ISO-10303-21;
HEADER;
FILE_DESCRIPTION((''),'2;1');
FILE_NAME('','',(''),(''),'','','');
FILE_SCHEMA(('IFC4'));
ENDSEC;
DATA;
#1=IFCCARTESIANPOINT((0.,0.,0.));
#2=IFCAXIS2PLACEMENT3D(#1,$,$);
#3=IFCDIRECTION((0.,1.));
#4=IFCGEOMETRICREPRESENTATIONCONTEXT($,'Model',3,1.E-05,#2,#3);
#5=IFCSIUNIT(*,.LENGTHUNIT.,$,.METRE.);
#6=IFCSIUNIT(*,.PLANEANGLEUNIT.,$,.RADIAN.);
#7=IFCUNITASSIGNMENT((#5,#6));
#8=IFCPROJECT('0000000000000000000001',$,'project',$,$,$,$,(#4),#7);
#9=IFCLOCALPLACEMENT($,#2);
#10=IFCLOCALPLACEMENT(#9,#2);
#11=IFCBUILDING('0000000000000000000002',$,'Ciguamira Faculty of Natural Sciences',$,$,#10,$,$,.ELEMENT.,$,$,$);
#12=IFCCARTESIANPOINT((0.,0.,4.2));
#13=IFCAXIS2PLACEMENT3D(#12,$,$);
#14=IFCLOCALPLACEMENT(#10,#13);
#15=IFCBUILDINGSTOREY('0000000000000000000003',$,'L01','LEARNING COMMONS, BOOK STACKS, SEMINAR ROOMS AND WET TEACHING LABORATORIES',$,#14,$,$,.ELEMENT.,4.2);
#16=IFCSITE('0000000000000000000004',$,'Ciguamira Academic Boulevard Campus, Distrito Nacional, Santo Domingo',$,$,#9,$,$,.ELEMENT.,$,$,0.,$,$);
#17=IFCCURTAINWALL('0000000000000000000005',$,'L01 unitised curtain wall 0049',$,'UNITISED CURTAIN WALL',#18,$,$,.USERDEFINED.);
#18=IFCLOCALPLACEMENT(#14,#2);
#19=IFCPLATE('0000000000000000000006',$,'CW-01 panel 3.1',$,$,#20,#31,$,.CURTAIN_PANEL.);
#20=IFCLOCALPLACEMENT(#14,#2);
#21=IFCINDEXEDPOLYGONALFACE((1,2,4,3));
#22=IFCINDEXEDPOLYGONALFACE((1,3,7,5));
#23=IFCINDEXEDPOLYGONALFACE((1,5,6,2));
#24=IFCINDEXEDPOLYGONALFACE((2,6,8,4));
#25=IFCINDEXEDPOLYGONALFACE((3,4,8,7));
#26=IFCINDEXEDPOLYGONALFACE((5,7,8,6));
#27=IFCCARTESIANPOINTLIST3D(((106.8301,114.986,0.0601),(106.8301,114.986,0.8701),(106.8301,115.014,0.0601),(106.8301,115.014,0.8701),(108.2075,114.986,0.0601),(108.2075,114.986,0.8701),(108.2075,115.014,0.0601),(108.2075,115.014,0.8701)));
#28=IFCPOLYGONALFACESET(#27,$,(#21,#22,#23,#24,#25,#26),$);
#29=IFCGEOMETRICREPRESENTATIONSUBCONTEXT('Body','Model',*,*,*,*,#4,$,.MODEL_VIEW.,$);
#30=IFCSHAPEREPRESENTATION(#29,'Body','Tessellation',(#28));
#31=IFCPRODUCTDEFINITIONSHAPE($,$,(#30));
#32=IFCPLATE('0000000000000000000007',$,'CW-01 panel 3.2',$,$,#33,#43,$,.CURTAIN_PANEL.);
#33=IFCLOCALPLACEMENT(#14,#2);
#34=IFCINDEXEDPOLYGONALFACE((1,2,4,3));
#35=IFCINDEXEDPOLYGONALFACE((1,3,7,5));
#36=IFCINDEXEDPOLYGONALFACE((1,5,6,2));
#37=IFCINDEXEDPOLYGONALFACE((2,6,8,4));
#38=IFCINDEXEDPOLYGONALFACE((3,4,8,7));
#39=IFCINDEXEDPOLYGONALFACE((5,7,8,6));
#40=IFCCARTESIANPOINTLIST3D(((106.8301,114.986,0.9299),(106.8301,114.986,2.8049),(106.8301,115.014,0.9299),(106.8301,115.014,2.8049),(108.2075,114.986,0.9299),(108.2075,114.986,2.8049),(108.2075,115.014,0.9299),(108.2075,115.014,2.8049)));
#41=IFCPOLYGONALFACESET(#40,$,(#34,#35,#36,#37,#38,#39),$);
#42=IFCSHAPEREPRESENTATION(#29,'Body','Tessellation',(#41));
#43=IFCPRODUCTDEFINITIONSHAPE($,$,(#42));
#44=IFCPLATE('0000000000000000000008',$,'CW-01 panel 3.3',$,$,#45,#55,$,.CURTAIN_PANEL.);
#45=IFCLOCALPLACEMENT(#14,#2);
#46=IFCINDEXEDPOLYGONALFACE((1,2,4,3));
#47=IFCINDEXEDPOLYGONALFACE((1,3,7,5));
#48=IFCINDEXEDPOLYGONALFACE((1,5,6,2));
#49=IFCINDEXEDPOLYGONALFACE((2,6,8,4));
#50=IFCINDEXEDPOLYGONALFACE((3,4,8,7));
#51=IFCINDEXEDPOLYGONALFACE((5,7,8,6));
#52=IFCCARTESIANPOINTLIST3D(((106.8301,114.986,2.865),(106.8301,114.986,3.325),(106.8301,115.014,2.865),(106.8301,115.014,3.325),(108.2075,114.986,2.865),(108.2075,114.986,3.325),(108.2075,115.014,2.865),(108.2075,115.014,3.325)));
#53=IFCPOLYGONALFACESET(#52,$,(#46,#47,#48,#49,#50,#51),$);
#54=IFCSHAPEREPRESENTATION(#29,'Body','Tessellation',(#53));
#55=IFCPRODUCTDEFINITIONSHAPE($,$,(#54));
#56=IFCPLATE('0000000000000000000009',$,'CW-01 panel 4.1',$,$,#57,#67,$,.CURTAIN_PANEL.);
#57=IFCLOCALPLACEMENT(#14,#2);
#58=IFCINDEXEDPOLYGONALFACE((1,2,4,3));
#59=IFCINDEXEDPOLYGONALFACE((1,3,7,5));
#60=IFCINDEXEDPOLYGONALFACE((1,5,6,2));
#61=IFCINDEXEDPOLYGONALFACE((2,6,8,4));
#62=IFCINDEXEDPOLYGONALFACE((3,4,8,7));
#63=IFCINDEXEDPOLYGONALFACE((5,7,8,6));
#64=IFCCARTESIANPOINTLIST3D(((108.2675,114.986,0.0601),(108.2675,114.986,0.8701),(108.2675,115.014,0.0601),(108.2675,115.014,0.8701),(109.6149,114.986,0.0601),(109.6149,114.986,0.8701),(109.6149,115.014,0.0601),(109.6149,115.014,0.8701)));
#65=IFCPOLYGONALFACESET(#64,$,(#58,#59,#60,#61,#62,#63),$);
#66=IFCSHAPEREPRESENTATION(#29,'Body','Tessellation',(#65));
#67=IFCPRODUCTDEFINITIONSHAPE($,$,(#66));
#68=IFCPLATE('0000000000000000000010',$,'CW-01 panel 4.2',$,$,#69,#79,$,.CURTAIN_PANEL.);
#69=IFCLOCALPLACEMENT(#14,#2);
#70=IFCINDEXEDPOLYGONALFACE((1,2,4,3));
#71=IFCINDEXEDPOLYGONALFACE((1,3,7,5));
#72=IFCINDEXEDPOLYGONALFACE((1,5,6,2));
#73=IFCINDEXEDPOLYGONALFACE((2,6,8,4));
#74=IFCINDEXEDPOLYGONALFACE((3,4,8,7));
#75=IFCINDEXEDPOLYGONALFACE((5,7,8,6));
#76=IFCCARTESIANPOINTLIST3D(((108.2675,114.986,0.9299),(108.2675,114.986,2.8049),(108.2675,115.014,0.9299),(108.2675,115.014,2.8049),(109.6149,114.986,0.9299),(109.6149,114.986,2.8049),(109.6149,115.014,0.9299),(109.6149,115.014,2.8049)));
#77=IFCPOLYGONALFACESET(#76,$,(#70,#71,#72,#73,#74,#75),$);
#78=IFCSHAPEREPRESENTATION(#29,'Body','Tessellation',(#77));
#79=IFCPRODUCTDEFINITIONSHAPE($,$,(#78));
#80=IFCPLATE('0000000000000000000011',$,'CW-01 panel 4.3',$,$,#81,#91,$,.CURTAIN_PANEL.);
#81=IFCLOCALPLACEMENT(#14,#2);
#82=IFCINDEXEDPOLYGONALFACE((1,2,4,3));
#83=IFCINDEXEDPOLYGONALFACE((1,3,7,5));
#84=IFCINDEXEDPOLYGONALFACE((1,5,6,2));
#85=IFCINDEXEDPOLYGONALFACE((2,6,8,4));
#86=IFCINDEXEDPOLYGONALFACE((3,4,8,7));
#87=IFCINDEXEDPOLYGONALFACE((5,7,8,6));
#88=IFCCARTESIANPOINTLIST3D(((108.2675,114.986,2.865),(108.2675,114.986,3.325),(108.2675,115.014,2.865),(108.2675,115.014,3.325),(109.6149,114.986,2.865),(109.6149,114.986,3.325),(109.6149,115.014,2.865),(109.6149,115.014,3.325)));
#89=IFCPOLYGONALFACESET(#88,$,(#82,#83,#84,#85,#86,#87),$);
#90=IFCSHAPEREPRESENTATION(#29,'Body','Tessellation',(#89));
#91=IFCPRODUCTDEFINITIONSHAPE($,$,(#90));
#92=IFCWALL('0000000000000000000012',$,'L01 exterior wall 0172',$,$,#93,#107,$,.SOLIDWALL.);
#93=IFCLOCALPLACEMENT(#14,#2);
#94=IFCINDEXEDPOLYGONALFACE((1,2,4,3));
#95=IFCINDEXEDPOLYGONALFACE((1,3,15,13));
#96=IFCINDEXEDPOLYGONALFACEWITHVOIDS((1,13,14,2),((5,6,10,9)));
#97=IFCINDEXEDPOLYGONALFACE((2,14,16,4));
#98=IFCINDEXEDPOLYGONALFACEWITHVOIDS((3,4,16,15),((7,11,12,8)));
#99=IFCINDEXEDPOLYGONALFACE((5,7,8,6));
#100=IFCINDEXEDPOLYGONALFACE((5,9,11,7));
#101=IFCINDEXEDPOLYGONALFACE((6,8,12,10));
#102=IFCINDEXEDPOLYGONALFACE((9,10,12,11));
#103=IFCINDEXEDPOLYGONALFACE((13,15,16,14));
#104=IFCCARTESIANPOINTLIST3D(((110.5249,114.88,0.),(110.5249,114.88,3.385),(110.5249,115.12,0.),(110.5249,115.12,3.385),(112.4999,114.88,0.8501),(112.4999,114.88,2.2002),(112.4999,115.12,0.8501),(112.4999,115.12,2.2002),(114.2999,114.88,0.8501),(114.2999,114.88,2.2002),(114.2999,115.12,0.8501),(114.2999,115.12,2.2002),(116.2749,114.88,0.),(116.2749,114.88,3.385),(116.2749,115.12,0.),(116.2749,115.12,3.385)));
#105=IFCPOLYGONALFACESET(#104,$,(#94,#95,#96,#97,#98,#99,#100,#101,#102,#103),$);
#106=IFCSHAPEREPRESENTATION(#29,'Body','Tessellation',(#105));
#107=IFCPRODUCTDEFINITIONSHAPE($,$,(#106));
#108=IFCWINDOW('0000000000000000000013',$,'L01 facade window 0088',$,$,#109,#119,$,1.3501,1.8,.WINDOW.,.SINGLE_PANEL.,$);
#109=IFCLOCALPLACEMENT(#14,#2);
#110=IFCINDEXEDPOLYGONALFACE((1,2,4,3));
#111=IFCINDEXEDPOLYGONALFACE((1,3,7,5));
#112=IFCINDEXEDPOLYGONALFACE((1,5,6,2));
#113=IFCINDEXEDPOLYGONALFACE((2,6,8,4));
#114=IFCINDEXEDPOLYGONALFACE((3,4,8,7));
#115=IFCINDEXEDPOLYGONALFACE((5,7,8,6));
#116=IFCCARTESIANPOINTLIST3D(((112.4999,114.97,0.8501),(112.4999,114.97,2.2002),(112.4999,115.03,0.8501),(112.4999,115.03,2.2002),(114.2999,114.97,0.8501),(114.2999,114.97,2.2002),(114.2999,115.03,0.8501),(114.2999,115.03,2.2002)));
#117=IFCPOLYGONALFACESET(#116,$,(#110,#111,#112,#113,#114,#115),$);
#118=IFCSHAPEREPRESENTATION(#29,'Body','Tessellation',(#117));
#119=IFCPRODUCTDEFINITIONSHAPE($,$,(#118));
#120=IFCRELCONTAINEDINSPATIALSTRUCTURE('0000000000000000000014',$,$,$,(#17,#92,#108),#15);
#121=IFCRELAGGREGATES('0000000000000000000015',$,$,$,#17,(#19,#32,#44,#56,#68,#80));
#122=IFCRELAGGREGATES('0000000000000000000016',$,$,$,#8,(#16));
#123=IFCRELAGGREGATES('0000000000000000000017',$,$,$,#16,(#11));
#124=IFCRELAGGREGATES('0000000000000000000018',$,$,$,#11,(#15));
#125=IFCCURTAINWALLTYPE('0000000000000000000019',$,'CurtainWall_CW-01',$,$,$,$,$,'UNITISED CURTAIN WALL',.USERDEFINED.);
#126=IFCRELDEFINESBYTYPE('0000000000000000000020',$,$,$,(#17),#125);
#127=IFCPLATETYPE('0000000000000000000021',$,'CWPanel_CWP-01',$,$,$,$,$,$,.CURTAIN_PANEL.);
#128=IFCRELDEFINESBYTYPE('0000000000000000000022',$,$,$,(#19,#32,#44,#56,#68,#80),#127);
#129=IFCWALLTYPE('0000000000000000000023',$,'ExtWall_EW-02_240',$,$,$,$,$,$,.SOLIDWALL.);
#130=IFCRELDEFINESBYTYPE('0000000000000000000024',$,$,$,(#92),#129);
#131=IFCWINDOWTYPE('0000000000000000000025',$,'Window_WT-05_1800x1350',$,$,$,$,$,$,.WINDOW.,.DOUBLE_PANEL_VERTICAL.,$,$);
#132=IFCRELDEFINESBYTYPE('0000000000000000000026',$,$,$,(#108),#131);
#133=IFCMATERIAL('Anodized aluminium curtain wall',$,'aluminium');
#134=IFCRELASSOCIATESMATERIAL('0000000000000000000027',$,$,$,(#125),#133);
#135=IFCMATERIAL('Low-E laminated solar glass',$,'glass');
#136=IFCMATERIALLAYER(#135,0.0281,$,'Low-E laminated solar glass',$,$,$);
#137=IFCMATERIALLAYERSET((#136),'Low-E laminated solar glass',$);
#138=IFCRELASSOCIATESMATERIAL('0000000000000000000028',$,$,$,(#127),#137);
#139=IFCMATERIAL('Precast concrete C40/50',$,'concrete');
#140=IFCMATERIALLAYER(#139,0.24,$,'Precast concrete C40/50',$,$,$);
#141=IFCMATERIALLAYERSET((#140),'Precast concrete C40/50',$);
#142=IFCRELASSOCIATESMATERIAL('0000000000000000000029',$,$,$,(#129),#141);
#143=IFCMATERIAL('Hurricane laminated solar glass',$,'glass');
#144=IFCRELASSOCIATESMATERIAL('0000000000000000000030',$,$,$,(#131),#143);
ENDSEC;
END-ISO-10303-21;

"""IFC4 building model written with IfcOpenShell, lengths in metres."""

from ifc_helpers import new_model, si_unit, direction, frame, frame_2d, origin, origin_2d, place, context, subcontext, project, spatial, rectangle, extrude, material, layer, layer_set, type_object, element, fill, aggregate, save


model = new_model("IFC4")

# Units and contexts
model_context = context("Model", 3, precision=1e-05, world=origin(), true_north=direction((0.0, 1.0)))
body_context = subcontext(model_context, "Body", "Model", "MODEL_VIEW")
ifc_project = project(units=[si_unit("LENGTHUNIT", "METRE"), si_unit("PLANEANGLEUNIT", "RADIAN")], contexts=[model_context])

# Site, building, storey
site_placement = place(None, origin())
site = spatial("IfcSite", under=ifc_project, at=site_placement, Name="Ciguamira Academic Boulevard Campus, Distrito Nacional, Santo Domingo", CompositionType="ELEMENT", RefElevation=0.0)
building_placement = place(site_placement, origin())
building = spatial("IfcBuilding", under=site, at=building_placement, Name="Ciguamira Faculty of Natural Sciences", CompositionType="ELEMENT")
storey_placement = place(building_placement, frame((0.0, 0.0, 4.2)))
storey = spatial("IfcBuildingStorey", under=building, at=storey_placement, Name="L01", Description="LEARNING COMMONS, BOOK STACKS, SEMINAR ROOMS AND WET TEACHING LABORATORIES", CompositionType="ELEMENT", Elevation=4.2)

# Curtain wall
ifc_material_1 = material(Name="Anodized aluminium curtain wall", Category="aluminium")
curtain_wall_type = type_object("IfcCurtainWallType", Name="CurtainWall_CW-01", ElementType="UNITISED CURTAIN WALL", PredefinedType="USERDEFINED", material=ifc_material_1)
curtain_wall_placement = place(storey_placement, origin())
curtain_wall = element("IfcCurtainWall", 1, at=curtain_wall_placement, inside=storey, type_object=curtain_wall_type, Name="L01 unitised curtain wall 0049", ObjectType="UNITISED CURTAIN WALL", PredefinedType="USERDEFINED")

# Plates
ifc_material_2 = material(Name="Low-E laminated solar glass", Category="glass")
ifc_layer_1 = layer(ifc_material_2, 0.0281, Name="Low-E laminated solar glass")
ifc_layer_set_1 = layer_set([ifc_layer_1], Name="Low-E laminated solar glass")
plate_type = type_object("IfcPlateType", Name="CWPanel_CWP-01", PredefinedType="CURTAIN_PANEL", material=ifc_layer_set_1)
plate_1_placement = place(storey_placement, frame((107.5188, 115.0, 0.0601), z_axis=(0.0, 0.0, 1.0), x_axis=(1.0, 0.0, 0.0)))
plate_1 = element("IfcPlate", 2, at=plate_1_placement, type_object=plate_type, Name="CW-01 panel 3.1", PredefinedType="CURTAIN_PANEL", context=body_context, shape_type="SweptSolid", body=[
    extrude(rectangle(XDim=1.3774, YDim=0.0281, at=origin_2d()), origin(), (0.0, 0.0, 1.0), 0.8101),
])
plate_2_placement = place(storey_placement, frame((107.5188, 115.0, 0.9299), z_axis=(0.0, 0.0, 1.0), x_axis=(1.0, 0.0, 0.0)))
plate_2 = element("IfcPlate", 3, at=plate_2_placement, type_object=plate_type, Name="CW-01 panel 3.2", PredefinedType="CURTAIN_PANEL", context=body_context, shape_type="SweptSolid", body=[
    extrude(rectangle(XDim=1.3774, YDim=0.0281, at=origin_2d()), origin(), (0.0, 0.0, 1.0), 1.875),
])
plate_3_placement = place(storey_placement, frame((107.5188, 115.0, 2.865), z_axis=(0.0, 0.0, 1.0), x_axis=(1.0, 0.0, 0.0)))
plate_3 = element("IfcPlate", 4, at=plate_3_placement, type_object=plate_type, Name="CW-01 panel 3.3", PredefinedType="CURTAIN_PANEL", context=body_context, shape_type="SweptSolid", body=[
    extrude(rectangle(XDim=1.3774, YDim=0.0281, at=origin_2d()), origin(), (0.0, 0.0, 1.0), 0.46),
])
plate_4_placement = place(storey_placement, frame((108.9412, 115.0, 0.0601), z_axis=(0.0, 0.0, 1.0), x_axis=(1.0, 0.0, 0.0)))
plate_4 = element("IfcPlate", 5, at=plate_4_placement, type_object=plate_type, Name="CW-01 panel 4.1", PredefinedType="CURTAIN_PANEL", context=body_context, shape_type="SweptSolid", body=[
    extrude(rectangle(XDim=1.3474, YDim=0.0281, at=origin_2d()), origin(), (0.0, 0.0, 1.0), 0.8101),
])
plate_5_placement = place(storey_placement, frame((108.9412, 115.0, 0.9299), z_axis=(0.0, 0.0, 1.0), x_axis=(1.0, 0.0, 0.0)))
plate_5 = element("IfcPlate", 6, at=plate_5_placement, type_object=plate_type, Name="CW-01 panel 4.2", PredefinedType="CURTAIN_PANEL", context=body_context, shape_type="SweptSolid", body=[
    extrude(rectangle(XDim=1.3474, YDim=0.0281, at=origin_2d()), origin(), (0.0, 0.0, 1.0), 1.875),
])
plate_6_placement = place(storey_placement, frame((108.9412, 115.0, 2.865), z_axis=(0.0, 0.0, 1.0), x_axis=(1.0, 0.0, 0.0)))
plate_6 = element("IfcPlate", 7, at=plate_6_placement, type_object=plate_type, Name="CW-01 panel 4.3", PredefinedType="CURTAIN_PANEL", context=body_context, shape_type="SweptSolid", body=[
    extrude(rectangle(XDim=1.3474, YDim=0.0281, at=origin_2d()), origin(), (0.0, 0.0, 1.0), 0.46),
])
aggregate(curtain_wall, [plate_1, plate_2, plate_3, plate_4, plate_5, plate_6])

# Wall, opening, window
ifc_material_3 = material(Name="Precast concrete C40/50", Category="concrete")
ifc_layer_2 = layer(ifc_material_3, 0.24, Name="Precast concrete C40/50")
ifc_layer_set_2 = layer_set([ifc_layer_2], Name="Precast concrete C40/50")
wall_type = type_object("IfcWallType", Name="ExtWall_EW-02_240", PredefinedType="SOLIDWALL", material=ifc_layer_set_2)
wall_placement = place(storey_placement, frame((110.5249, 115.0, 0.0), z_axis=(0.0, 0.0, 1.0), x_axis=(1.0, 0.0, 0.0)))
wall = element("IfcWall", 8, at=wall_placement, inside=storey, type_object=wall_type, Name="L01 exterior wall 0172", PredefinedType="SOLIDWALL", context=body_context, shape_type="SweptSolid", body=[
    extrude(rectangle(XDim=5.75, YDim=0.24, at=frame_2d((2.875, 0.0))), origin(), (0.0, 0.0, 1.0), 3.385),
])
opening_placement = place(wall_placement, frame((1.9751, 0.0, 0.8501)))
opening = element("IfcOpeningElement", 9, at=opening_placement, cuts=wall, PredefinedType="OPENING", context=body_context, shape_type="SweptSolid", body=[
    extrude(rectangle(XDim=1.8, YDim=1.3501, at=frame_2d((0.8999, 0.675))), frame((0.0, 0.1299, 0.0), z_axis=(0.0, -1.0, 0.0), x_axis=(1.0, 0.0, 0.0)), (0.0, 0.0, 1.0), 0.26),
])
ifc_material_4 = material(Name="Hurricane laminated solar glass", Category="glass")
window_type = type_object("IfcWindowType", Name="Window_WT-05_1800x1350", PartitioningType="DOUBLE_PANEL_VERTICAL", PredefinedType="WINDOW", material=ifc_material_4)
window_placement = place(opening_placement, origin())
window = element("IfcWindow", 10, at=window_placement, inside=storey, type_object=window_type, Name="L01 facade window 0088", OverallHeight=1.3501, OverallWidth=1.8, PartitioningType="SINGLE_PANEL", PredefinedType="WINDOW", context=body_context, shape_type="SweptSolid", body=[
    extrude(rectangle(XDim=1.8, YDim=1.3501, at=frame_2d((0.8999, 0.675))), frame((0.0, 0.03, 0.0), z_axis=(0.0, -1.0, 0.0), x_axis=(1.0, 0.0, 0.0)), (0.0, 0.0, 1.0), 0.0601),
])
fill(opening, window)

save(model, "model.ifc")
